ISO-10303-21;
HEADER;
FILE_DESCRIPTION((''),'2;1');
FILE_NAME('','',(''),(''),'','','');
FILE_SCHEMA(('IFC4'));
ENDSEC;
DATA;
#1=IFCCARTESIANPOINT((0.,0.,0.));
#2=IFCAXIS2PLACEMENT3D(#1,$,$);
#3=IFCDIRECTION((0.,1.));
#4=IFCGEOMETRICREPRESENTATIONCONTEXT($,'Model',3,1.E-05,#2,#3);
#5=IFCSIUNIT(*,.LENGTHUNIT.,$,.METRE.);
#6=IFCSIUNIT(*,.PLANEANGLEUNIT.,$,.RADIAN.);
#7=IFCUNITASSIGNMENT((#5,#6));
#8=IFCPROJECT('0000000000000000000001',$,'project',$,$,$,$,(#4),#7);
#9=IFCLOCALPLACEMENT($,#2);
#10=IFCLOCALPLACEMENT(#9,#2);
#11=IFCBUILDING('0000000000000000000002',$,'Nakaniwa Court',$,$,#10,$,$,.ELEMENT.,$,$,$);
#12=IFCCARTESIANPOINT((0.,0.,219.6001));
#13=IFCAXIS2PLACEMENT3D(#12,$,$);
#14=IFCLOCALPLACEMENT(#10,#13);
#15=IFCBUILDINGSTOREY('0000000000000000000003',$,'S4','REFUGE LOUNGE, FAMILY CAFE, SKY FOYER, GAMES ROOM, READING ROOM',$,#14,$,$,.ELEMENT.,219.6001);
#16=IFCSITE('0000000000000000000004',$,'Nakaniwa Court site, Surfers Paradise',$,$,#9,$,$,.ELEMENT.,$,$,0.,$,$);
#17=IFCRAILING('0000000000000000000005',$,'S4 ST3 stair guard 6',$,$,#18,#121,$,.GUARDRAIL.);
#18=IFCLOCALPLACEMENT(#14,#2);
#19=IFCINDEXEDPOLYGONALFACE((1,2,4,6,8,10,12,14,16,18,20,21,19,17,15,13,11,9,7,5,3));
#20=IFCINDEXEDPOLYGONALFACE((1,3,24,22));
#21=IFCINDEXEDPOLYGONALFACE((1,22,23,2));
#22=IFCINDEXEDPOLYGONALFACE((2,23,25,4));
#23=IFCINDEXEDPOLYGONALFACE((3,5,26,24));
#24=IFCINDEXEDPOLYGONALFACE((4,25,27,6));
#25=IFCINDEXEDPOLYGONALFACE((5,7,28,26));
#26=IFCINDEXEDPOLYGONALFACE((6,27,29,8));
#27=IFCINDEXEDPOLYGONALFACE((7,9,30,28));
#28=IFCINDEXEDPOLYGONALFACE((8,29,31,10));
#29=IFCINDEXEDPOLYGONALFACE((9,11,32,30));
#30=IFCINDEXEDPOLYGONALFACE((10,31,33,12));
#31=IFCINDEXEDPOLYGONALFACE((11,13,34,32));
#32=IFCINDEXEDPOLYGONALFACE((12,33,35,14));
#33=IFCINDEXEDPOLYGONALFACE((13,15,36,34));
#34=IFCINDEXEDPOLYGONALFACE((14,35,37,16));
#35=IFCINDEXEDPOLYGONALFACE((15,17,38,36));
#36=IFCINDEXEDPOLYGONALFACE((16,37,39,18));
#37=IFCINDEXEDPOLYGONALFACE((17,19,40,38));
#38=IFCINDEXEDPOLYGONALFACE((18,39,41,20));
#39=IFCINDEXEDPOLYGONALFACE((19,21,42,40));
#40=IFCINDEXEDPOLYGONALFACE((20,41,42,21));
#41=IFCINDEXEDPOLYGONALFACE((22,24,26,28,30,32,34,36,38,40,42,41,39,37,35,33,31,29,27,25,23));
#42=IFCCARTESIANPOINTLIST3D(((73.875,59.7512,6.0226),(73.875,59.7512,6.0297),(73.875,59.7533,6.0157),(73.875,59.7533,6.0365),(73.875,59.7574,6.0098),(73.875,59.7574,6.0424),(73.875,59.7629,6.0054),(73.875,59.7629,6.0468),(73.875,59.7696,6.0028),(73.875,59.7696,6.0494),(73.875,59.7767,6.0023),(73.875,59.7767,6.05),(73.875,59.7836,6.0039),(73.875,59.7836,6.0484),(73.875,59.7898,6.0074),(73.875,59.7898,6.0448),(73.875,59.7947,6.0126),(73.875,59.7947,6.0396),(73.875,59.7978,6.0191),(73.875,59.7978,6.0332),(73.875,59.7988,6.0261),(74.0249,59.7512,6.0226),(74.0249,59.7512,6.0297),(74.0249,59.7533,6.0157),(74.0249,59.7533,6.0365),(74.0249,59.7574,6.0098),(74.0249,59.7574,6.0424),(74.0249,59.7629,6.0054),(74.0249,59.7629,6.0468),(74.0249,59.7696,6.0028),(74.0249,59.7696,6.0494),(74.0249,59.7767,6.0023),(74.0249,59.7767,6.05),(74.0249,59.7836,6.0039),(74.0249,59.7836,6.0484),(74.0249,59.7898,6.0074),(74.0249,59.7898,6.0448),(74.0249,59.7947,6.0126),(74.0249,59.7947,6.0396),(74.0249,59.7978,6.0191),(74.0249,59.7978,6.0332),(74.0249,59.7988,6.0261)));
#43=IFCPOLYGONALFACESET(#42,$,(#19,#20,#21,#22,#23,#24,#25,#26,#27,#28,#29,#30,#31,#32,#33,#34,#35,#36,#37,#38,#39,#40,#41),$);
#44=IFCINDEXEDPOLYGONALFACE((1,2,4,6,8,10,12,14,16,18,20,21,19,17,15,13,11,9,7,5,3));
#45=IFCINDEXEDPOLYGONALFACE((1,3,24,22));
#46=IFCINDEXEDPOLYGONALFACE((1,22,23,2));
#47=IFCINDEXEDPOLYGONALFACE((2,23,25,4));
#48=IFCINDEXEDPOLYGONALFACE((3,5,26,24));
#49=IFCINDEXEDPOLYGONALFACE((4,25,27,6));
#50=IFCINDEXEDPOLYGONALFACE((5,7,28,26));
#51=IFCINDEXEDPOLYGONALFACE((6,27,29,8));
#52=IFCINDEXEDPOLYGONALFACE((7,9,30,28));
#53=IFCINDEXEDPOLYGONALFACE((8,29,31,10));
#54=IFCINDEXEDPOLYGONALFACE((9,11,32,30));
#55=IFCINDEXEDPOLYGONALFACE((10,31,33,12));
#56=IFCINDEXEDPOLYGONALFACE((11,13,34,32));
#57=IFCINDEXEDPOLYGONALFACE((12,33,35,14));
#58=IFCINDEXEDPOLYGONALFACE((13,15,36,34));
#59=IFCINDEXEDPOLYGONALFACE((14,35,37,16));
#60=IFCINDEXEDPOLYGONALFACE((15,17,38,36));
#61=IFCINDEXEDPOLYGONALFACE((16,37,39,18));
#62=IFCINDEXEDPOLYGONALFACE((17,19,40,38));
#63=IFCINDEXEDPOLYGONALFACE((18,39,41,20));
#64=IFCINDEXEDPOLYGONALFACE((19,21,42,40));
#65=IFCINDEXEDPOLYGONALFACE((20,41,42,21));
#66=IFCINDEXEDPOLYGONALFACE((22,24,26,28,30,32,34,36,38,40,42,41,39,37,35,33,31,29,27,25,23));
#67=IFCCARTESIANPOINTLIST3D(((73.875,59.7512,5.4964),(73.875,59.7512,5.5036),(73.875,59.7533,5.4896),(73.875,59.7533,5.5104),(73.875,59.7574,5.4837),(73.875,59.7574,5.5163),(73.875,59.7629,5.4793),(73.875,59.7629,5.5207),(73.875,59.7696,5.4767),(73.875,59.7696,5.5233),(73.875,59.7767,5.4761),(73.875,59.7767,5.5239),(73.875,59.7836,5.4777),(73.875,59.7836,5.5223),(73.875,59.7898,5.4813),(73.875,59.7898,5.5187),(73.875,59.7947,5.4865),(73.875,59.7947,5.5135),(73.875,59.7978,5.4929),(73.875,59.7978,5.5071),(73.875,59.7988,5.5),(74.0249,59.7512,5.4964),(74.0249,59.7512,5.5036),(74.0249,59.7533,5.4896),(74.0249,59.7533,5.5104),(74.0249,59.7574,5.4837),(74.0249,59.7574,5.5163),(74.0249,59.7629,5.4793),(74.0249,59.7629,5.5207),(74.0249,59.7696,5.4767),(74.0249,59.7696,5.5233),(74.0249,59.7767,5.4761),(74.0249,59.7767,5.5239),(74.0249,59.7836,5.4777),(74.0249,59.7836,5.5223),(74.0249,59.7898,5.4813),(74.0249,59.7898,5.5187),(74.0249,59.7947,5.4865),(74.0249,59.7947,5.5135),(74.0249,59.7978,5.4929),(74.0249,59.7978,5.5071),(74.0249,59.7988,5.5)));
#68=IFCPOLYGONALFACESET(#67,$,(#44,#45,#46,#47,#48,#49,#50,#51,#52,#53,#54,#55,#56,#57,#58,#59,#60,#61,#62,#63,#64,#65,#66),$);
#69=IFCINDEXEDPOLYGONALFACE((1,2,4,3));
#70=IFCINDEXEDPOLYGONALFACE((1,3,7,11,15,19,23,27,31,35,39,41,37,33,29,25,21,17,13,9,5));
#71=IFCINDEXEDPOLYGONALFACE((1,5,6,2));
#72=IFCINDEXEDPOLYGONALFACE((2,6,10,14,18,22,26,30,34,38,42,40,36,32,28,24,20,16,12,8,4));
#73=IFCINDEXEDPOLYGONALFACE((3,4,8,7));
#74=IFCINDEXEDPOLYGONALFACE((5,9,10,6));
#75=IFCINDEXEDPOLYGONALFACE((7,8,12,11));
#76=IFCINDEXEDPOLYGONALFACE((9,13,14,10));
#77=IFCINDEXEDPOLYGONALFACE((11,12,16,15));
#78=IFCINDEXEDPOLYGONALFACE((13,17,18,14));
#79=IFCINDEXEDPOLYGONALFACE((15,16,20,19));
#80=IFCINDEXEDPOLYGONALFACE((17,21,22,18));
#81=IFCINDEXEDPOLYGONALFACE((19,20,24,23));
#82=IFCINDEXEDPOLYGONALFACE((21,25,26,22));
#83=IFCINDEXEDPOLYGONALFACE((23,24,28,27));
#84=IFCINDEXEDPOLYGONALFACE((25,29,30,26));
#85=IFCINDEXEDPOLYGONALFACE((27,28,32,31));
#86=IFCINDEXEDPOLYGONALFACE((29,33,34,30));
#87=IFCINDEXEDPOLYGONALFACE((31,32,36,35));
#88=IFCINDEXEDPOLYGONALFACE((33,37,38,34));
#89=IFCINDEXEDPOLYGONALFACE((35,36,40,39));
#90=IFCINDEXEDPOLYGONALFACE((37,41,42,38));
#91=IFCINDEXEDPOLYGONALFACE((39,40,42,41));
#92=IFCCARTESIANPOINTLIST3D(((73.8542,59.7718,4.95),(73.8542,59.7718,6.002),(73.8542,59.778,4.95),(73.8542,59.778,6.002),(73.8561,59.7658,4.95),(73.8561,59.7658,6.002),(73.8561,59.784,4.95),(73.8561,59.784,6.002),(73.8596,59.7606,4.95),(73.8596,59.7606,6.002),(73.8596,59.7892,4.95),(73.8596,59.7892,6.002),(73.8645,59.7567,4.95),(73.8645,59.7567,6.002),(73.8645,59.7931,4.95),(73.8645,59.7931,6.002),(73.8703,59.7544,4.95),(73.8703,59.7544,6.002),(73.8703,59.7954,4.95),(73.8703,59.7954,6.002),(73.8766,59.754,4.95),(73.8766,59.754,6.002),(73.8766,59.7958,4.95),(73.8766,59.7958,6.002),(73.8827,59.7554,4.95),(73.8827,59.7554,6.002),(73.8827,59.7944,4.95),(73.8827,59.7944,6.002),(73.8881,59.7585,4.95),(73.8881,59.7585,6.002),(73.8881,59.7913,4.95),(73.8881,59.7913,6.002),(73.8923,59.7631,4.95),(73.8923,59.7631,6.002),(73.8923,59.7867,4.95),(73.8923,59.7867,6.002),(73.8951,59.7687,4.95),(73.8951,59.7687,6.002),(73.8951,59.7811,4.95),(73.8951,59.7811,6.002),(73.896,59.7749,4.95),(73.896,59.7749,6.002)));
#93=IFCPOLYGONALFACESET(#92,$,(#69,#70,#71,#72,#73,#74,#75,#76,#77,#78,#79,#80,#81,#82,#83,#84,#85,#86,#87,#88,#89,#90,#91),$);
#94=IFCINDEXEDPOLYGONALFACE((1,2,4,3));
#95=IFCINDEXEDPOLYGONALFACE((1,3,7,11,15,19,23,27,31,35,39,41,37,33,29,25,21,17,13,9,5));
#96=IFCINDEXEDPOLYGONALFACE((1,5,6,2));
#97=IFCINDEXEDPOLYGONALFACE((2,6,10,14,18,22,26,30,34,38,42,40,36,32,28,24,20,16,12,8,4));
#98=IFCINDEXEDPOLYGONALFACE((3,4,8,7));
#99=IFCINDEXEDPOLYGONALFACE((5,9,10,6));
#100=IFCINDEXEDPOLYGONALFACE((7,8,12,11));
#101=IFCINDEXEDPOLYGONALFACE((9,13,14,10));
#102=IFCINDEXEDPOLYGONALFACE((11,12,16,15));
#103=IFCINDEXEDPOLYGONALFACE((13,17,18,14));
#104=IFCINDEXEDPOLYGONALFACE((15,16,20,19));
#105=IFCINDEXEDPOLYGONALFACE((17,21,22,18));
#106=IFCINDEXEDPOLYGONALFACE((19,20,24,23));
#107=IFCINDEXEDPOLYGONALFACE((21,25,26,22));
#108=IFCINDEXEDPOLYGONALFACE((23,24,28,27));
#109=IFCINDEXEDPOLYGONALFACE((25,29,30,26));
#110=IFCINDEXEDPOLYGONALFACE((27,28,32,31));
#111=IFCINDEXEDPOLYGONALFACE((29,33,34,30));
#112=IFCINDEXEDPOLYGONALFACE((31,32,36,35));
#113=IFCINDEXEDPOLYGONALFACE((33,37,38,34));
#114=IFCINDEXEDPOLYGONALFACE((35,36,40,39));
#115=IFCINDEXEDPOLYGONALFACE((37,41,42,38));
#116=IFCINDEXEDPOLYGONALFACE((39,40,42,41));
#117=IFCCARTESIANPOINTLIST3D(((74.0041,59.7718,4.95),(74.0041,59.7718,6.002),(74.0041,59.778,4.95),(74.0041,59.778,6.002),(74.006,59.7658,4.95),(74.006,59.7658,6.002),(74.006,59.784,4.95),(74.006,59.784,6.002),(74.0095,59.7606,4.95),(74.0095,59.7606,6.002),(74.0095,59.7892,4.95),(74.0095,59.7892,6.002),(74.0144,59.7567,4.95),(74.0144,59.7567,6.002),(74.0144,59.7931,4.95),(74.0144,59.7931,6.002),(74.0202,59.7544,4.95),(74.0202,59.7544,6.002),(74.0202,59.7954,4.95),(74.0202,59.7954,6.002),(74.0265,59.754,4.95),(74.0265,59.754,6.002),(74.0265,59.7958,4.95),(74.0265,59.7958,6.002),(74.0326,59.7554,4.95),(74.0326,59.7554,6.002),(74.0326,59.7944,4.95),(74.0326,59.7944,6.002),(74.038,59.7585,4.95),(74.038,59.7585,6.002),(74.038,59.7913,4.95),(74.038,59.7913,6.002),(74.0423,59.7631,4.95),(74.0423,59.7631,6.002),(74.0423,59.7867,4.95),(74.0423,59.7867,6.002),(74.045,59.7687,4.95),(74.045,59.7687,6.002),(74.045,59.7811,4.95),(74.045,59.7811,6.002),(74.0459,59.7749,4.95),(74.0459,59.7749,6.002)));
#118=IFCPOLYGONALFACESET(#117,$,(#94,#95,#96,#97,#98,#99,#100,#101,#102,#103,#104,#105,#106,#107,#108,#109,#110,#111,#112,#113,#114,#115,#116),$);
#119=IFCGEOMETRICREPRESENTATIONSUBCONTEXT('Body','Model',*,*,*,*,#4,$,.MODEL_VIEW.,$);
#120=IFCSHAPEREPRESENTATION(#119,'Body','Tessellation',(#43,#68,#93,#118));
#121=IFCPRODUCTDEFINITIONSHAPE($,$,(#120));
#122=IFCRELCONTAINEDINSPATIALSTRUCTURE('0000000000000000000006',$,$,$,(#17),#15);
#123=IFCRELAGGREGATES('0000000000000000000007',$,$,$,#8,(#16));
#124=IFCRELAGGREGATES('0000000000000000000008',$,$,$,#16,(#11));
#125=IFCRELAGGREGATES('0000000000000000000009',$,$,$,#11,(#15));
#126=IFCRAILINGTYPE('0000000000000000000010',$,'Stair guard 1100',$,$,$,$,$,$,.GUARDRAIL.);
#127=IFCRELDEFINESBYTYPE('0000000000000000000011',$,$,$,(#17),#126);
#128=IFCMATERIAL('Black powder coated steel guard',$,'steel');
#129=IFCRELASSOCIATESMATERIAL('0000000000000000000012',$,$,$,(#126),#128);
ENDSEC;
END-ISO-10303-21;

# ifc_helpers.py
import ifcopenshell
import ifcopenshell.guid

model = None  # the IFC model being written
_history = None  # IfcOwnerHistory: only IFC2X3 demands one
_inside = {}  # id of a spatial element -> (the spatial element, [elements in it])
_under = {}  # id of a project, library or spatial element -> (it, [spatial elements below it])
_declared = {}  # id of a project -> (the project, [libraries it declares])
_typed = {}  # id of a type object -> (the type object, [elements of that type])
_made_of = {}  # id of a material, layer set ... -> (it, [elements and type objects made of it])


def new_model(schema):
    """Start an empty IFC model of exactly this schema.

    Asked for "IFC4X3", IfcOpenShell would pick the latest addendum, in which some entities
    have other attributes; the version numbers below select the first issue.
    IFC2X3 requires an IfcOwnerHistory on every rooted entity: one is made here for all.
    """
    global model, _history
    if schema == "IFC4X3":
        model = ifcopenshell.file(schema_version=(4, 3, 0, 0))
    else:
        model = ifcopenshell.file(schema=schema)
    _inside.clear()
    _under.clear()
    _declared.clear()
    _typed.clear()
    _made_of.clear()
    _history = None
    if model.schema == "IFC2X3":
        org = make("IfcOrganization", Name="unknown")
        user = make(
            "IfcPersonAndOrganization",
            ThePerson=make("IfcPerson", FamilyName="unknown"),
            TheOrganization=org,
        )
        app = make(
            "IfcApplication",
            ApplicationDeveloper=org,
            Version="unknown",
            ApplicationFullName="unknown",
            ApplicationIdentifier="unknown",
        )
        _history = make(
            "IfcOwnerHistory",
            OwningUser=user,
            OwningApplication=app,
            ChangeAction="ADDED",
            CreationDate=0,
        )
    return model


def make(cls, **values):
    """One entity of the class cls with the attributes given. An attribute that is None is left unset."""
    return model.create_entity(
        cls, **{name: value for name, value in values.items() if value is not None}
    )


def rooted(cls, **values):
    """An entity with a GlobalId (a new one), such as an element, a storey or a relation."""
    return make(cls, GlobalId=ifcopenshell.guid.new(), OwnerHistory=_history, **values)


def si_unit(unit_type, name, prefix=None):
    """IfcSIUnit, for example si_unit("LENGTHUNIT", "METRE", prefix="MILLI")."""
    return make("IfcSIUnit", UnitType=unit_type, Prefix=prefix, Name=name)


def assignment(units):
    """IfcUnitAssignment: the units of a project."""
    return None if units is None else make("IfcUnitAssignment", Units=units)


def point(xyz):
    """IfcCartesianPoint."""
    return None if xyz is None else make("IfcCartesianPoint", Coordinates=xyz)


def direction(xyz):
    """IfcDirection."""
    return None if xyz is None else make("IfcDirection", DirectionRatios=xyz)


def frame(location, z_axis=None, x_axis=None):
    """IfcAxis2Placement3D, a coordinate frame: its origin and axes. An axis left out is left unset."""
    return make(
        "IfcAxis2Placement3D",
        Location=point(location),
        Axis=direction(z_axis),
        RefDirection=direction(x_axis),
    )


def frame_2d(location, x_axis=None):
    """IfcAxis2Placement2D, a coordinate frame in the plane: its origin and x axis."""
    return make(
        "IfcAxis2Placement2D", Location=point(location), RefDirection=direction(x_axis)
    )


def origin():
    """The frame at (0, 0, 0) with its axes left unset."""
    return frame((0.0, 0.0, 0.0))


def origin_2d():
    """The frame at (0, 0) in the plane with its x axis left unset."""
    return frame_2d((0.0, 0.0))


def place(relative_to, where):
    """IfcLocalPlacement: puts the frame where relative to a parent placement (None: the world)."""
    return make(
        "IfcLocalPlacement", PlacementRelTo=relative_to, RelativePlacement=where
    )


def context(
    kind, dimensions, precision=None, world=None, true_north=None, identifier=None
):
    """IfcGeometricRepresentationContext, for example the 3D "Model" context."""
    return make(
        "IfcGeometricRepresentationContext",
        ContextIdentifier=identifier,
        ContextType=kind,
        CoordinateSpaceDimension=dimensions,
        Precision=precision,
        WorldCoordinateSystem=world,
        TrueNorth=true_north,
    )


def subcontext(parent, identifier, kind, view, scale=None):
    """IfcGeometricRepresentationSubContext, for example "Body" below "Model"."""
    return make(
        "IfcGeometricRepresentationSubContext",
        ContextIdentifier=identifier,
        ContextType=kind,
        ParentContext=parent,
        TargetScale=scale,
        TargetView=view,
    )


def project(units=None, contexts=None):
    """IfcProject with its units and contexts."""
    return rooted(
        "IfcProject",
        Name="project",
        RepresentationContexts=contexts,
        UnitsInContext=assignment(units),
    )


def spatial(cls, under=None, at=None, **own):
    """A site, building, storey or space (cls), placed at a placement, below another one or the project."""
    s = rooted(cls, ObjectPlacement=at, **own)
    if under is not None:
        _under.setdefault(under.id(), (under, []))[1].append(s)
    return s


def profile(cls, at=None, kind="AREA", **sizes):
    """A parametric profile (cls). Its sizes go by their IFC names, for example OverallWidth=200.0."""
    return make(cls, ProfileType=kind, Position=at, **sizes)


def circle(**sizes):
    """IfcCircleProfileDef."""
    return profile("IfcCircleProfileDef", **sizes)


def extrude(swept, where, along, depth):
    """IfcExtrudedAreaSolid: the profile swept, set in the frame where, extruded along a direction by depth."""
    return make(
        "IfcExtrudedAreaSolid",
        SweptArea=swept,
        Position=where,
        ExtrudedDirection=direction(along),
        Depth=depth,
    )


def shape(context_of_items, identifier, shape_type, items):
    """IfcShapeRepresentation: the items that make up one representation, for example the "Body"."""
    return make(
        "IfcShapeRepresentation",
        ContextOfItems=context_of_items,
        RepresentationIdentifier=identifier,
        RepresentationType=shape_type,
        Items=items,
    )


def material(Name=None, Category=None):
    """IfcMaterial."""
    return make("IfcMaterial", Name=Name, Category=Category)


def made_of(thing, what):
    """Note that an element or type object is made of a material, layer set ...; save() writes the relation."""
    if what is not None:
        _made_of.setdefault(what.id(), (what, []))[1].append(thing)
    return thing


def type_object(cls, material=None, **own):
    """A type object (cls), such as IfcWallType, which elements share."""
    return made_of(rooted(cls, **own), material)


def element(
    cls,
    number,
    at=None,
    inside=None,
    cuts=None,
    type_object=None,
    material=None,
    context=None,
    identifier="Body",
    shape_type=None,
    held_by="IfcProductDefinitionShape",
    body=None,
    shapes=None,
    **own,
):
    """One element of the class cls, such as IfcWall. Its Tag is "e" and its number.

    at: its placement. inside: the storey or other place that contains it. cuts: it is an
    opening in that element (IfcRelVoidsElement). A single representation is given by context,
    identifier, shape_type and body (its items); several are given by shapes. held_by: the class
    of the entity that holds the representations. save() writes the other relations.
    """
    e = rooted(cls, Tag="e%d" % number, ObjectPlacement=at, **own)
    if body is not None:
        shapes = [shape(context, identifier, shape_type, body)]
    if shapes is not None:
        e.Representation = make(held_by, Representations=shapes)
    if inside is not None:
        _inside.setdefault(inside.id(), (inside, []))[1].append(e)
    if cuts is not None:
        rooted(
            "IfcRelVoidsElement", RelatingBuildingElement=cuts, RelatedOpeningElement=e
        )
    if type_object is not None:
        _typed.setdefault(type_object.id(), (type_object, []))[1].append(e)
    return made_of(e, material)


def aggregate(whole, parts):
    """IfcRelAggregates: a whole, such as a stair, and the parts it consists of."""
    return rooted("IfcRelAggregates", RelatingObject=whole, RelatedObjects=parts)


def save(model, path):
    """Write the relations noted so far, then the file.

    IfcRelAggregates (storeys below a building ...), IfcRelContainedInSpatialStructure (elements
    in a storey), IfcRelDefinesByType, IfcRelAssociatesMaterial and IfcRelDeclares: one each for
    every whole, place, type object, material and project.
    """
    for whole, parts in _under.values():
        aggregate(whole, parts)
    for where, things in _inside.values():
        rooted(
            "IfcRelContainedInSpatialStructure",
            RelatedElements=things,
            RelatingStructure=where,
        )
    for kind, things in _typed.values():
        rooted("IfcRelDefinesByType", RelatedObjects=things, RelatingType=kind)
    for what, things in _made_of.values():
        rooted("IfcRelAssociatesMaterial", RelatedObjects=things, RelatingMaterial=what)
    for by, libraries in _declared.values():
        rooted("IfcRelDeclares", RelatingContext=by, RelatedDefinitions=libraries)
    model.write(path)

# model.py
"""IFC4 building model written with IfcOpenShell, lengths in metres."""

from ifc_helpers import new_model, si_unit, direction, frame, origin, origin_2d, place, context, subcontext, project, spatial, circle, extrude, material, type_object, element, save


model = new_model("IFC4")

# Units and contexts
model_context = context("Model", 3, precision=1e-05, world=origin(), true_north=direction((0.0, 1.0)))
body_context = subcontext(model_context, "Body", "Model", "MODEL_VIEW")
ifc_project = project(units=[si_unit("LENGTHUNIT", "METRE"), si_unit("PLANEANGLEUNIT", "RADIAN")], contexts=[model_context])

# Site, building, storey
site_placement = place(None, origin())
site = spatial("IfcSite", under=ifc_project, at=site_placement, Name="Nakaniwa Court site, Surfers Paradise", CompositionType="ELEMENT", RefElevation=0.0)
building_placement = place(site_placement, origin())
building = spatial("IfcBuilding", under=site, at=building_placement, Name="Nakaniwa Court", CompositionType="ELEMENT")
storey_placement = place(building_placement, frame((0.0, 0.0, 219.6001)))
storey = spatial("IfcBuildingStorey", under=building, at=storey_placement, Name="S4", Description="REFUGE LOUNGE, FAMILY CAFE, SKY FOYER, GAMES ROOM, READING ROOM", CompositionType="ELEMENT", Elevation=219.6001)

# Railing
ifc_material_1 = material(Name="Black powder coated steel guard", Category="steel")
railing_type_1 = type_object("IfcRailingType", Name="Stair guard 1100", PredefinedType="GUARDRAIL", material=ifc_material_1)
railing_1_placement = place(storey_placement, frame((73.875, 59.7749, 4.95)))
element("IfcRailing", 1, at=railing_1_placement, inside=storey, type_object=railing_type_1, Name="S4 ST3 stair guard 6", PredefinedType="GUARDRAIL", context=body_context, shape_type="SweptSolid", body=[
    extrude(circle(Radius=0.0239, at=origin_2d()), frame((0.0, 0.0, 1.0762), z_axis=(1.0, 0.0, 0.0), x_axis=(0.0, 1.0, 0.0)), (0.0, 0.0, 1.0), 0.1499),
    extrude(circle(Radius=0.0239, at=origin_2d()), frame((0.0, 0.0, 0.55), z_axis=(1.0, 0.0, 0.0), x_axis=(0.0, 1.0, 0.0)), (0.0, 0.0, 1.0), 0.1499),
    extrude(circle(Radius=0.021, at=origin_2d()), origin(), (0.0, 0.0, 1.0), 1.052),
    extrude(circle(Radius=0.021, at=origin_2d()), frame((0.1499, 0.0, 0.0)), (0.0, 0.0, 1.0), 1.052),
])

save(model, "model.ifc")
